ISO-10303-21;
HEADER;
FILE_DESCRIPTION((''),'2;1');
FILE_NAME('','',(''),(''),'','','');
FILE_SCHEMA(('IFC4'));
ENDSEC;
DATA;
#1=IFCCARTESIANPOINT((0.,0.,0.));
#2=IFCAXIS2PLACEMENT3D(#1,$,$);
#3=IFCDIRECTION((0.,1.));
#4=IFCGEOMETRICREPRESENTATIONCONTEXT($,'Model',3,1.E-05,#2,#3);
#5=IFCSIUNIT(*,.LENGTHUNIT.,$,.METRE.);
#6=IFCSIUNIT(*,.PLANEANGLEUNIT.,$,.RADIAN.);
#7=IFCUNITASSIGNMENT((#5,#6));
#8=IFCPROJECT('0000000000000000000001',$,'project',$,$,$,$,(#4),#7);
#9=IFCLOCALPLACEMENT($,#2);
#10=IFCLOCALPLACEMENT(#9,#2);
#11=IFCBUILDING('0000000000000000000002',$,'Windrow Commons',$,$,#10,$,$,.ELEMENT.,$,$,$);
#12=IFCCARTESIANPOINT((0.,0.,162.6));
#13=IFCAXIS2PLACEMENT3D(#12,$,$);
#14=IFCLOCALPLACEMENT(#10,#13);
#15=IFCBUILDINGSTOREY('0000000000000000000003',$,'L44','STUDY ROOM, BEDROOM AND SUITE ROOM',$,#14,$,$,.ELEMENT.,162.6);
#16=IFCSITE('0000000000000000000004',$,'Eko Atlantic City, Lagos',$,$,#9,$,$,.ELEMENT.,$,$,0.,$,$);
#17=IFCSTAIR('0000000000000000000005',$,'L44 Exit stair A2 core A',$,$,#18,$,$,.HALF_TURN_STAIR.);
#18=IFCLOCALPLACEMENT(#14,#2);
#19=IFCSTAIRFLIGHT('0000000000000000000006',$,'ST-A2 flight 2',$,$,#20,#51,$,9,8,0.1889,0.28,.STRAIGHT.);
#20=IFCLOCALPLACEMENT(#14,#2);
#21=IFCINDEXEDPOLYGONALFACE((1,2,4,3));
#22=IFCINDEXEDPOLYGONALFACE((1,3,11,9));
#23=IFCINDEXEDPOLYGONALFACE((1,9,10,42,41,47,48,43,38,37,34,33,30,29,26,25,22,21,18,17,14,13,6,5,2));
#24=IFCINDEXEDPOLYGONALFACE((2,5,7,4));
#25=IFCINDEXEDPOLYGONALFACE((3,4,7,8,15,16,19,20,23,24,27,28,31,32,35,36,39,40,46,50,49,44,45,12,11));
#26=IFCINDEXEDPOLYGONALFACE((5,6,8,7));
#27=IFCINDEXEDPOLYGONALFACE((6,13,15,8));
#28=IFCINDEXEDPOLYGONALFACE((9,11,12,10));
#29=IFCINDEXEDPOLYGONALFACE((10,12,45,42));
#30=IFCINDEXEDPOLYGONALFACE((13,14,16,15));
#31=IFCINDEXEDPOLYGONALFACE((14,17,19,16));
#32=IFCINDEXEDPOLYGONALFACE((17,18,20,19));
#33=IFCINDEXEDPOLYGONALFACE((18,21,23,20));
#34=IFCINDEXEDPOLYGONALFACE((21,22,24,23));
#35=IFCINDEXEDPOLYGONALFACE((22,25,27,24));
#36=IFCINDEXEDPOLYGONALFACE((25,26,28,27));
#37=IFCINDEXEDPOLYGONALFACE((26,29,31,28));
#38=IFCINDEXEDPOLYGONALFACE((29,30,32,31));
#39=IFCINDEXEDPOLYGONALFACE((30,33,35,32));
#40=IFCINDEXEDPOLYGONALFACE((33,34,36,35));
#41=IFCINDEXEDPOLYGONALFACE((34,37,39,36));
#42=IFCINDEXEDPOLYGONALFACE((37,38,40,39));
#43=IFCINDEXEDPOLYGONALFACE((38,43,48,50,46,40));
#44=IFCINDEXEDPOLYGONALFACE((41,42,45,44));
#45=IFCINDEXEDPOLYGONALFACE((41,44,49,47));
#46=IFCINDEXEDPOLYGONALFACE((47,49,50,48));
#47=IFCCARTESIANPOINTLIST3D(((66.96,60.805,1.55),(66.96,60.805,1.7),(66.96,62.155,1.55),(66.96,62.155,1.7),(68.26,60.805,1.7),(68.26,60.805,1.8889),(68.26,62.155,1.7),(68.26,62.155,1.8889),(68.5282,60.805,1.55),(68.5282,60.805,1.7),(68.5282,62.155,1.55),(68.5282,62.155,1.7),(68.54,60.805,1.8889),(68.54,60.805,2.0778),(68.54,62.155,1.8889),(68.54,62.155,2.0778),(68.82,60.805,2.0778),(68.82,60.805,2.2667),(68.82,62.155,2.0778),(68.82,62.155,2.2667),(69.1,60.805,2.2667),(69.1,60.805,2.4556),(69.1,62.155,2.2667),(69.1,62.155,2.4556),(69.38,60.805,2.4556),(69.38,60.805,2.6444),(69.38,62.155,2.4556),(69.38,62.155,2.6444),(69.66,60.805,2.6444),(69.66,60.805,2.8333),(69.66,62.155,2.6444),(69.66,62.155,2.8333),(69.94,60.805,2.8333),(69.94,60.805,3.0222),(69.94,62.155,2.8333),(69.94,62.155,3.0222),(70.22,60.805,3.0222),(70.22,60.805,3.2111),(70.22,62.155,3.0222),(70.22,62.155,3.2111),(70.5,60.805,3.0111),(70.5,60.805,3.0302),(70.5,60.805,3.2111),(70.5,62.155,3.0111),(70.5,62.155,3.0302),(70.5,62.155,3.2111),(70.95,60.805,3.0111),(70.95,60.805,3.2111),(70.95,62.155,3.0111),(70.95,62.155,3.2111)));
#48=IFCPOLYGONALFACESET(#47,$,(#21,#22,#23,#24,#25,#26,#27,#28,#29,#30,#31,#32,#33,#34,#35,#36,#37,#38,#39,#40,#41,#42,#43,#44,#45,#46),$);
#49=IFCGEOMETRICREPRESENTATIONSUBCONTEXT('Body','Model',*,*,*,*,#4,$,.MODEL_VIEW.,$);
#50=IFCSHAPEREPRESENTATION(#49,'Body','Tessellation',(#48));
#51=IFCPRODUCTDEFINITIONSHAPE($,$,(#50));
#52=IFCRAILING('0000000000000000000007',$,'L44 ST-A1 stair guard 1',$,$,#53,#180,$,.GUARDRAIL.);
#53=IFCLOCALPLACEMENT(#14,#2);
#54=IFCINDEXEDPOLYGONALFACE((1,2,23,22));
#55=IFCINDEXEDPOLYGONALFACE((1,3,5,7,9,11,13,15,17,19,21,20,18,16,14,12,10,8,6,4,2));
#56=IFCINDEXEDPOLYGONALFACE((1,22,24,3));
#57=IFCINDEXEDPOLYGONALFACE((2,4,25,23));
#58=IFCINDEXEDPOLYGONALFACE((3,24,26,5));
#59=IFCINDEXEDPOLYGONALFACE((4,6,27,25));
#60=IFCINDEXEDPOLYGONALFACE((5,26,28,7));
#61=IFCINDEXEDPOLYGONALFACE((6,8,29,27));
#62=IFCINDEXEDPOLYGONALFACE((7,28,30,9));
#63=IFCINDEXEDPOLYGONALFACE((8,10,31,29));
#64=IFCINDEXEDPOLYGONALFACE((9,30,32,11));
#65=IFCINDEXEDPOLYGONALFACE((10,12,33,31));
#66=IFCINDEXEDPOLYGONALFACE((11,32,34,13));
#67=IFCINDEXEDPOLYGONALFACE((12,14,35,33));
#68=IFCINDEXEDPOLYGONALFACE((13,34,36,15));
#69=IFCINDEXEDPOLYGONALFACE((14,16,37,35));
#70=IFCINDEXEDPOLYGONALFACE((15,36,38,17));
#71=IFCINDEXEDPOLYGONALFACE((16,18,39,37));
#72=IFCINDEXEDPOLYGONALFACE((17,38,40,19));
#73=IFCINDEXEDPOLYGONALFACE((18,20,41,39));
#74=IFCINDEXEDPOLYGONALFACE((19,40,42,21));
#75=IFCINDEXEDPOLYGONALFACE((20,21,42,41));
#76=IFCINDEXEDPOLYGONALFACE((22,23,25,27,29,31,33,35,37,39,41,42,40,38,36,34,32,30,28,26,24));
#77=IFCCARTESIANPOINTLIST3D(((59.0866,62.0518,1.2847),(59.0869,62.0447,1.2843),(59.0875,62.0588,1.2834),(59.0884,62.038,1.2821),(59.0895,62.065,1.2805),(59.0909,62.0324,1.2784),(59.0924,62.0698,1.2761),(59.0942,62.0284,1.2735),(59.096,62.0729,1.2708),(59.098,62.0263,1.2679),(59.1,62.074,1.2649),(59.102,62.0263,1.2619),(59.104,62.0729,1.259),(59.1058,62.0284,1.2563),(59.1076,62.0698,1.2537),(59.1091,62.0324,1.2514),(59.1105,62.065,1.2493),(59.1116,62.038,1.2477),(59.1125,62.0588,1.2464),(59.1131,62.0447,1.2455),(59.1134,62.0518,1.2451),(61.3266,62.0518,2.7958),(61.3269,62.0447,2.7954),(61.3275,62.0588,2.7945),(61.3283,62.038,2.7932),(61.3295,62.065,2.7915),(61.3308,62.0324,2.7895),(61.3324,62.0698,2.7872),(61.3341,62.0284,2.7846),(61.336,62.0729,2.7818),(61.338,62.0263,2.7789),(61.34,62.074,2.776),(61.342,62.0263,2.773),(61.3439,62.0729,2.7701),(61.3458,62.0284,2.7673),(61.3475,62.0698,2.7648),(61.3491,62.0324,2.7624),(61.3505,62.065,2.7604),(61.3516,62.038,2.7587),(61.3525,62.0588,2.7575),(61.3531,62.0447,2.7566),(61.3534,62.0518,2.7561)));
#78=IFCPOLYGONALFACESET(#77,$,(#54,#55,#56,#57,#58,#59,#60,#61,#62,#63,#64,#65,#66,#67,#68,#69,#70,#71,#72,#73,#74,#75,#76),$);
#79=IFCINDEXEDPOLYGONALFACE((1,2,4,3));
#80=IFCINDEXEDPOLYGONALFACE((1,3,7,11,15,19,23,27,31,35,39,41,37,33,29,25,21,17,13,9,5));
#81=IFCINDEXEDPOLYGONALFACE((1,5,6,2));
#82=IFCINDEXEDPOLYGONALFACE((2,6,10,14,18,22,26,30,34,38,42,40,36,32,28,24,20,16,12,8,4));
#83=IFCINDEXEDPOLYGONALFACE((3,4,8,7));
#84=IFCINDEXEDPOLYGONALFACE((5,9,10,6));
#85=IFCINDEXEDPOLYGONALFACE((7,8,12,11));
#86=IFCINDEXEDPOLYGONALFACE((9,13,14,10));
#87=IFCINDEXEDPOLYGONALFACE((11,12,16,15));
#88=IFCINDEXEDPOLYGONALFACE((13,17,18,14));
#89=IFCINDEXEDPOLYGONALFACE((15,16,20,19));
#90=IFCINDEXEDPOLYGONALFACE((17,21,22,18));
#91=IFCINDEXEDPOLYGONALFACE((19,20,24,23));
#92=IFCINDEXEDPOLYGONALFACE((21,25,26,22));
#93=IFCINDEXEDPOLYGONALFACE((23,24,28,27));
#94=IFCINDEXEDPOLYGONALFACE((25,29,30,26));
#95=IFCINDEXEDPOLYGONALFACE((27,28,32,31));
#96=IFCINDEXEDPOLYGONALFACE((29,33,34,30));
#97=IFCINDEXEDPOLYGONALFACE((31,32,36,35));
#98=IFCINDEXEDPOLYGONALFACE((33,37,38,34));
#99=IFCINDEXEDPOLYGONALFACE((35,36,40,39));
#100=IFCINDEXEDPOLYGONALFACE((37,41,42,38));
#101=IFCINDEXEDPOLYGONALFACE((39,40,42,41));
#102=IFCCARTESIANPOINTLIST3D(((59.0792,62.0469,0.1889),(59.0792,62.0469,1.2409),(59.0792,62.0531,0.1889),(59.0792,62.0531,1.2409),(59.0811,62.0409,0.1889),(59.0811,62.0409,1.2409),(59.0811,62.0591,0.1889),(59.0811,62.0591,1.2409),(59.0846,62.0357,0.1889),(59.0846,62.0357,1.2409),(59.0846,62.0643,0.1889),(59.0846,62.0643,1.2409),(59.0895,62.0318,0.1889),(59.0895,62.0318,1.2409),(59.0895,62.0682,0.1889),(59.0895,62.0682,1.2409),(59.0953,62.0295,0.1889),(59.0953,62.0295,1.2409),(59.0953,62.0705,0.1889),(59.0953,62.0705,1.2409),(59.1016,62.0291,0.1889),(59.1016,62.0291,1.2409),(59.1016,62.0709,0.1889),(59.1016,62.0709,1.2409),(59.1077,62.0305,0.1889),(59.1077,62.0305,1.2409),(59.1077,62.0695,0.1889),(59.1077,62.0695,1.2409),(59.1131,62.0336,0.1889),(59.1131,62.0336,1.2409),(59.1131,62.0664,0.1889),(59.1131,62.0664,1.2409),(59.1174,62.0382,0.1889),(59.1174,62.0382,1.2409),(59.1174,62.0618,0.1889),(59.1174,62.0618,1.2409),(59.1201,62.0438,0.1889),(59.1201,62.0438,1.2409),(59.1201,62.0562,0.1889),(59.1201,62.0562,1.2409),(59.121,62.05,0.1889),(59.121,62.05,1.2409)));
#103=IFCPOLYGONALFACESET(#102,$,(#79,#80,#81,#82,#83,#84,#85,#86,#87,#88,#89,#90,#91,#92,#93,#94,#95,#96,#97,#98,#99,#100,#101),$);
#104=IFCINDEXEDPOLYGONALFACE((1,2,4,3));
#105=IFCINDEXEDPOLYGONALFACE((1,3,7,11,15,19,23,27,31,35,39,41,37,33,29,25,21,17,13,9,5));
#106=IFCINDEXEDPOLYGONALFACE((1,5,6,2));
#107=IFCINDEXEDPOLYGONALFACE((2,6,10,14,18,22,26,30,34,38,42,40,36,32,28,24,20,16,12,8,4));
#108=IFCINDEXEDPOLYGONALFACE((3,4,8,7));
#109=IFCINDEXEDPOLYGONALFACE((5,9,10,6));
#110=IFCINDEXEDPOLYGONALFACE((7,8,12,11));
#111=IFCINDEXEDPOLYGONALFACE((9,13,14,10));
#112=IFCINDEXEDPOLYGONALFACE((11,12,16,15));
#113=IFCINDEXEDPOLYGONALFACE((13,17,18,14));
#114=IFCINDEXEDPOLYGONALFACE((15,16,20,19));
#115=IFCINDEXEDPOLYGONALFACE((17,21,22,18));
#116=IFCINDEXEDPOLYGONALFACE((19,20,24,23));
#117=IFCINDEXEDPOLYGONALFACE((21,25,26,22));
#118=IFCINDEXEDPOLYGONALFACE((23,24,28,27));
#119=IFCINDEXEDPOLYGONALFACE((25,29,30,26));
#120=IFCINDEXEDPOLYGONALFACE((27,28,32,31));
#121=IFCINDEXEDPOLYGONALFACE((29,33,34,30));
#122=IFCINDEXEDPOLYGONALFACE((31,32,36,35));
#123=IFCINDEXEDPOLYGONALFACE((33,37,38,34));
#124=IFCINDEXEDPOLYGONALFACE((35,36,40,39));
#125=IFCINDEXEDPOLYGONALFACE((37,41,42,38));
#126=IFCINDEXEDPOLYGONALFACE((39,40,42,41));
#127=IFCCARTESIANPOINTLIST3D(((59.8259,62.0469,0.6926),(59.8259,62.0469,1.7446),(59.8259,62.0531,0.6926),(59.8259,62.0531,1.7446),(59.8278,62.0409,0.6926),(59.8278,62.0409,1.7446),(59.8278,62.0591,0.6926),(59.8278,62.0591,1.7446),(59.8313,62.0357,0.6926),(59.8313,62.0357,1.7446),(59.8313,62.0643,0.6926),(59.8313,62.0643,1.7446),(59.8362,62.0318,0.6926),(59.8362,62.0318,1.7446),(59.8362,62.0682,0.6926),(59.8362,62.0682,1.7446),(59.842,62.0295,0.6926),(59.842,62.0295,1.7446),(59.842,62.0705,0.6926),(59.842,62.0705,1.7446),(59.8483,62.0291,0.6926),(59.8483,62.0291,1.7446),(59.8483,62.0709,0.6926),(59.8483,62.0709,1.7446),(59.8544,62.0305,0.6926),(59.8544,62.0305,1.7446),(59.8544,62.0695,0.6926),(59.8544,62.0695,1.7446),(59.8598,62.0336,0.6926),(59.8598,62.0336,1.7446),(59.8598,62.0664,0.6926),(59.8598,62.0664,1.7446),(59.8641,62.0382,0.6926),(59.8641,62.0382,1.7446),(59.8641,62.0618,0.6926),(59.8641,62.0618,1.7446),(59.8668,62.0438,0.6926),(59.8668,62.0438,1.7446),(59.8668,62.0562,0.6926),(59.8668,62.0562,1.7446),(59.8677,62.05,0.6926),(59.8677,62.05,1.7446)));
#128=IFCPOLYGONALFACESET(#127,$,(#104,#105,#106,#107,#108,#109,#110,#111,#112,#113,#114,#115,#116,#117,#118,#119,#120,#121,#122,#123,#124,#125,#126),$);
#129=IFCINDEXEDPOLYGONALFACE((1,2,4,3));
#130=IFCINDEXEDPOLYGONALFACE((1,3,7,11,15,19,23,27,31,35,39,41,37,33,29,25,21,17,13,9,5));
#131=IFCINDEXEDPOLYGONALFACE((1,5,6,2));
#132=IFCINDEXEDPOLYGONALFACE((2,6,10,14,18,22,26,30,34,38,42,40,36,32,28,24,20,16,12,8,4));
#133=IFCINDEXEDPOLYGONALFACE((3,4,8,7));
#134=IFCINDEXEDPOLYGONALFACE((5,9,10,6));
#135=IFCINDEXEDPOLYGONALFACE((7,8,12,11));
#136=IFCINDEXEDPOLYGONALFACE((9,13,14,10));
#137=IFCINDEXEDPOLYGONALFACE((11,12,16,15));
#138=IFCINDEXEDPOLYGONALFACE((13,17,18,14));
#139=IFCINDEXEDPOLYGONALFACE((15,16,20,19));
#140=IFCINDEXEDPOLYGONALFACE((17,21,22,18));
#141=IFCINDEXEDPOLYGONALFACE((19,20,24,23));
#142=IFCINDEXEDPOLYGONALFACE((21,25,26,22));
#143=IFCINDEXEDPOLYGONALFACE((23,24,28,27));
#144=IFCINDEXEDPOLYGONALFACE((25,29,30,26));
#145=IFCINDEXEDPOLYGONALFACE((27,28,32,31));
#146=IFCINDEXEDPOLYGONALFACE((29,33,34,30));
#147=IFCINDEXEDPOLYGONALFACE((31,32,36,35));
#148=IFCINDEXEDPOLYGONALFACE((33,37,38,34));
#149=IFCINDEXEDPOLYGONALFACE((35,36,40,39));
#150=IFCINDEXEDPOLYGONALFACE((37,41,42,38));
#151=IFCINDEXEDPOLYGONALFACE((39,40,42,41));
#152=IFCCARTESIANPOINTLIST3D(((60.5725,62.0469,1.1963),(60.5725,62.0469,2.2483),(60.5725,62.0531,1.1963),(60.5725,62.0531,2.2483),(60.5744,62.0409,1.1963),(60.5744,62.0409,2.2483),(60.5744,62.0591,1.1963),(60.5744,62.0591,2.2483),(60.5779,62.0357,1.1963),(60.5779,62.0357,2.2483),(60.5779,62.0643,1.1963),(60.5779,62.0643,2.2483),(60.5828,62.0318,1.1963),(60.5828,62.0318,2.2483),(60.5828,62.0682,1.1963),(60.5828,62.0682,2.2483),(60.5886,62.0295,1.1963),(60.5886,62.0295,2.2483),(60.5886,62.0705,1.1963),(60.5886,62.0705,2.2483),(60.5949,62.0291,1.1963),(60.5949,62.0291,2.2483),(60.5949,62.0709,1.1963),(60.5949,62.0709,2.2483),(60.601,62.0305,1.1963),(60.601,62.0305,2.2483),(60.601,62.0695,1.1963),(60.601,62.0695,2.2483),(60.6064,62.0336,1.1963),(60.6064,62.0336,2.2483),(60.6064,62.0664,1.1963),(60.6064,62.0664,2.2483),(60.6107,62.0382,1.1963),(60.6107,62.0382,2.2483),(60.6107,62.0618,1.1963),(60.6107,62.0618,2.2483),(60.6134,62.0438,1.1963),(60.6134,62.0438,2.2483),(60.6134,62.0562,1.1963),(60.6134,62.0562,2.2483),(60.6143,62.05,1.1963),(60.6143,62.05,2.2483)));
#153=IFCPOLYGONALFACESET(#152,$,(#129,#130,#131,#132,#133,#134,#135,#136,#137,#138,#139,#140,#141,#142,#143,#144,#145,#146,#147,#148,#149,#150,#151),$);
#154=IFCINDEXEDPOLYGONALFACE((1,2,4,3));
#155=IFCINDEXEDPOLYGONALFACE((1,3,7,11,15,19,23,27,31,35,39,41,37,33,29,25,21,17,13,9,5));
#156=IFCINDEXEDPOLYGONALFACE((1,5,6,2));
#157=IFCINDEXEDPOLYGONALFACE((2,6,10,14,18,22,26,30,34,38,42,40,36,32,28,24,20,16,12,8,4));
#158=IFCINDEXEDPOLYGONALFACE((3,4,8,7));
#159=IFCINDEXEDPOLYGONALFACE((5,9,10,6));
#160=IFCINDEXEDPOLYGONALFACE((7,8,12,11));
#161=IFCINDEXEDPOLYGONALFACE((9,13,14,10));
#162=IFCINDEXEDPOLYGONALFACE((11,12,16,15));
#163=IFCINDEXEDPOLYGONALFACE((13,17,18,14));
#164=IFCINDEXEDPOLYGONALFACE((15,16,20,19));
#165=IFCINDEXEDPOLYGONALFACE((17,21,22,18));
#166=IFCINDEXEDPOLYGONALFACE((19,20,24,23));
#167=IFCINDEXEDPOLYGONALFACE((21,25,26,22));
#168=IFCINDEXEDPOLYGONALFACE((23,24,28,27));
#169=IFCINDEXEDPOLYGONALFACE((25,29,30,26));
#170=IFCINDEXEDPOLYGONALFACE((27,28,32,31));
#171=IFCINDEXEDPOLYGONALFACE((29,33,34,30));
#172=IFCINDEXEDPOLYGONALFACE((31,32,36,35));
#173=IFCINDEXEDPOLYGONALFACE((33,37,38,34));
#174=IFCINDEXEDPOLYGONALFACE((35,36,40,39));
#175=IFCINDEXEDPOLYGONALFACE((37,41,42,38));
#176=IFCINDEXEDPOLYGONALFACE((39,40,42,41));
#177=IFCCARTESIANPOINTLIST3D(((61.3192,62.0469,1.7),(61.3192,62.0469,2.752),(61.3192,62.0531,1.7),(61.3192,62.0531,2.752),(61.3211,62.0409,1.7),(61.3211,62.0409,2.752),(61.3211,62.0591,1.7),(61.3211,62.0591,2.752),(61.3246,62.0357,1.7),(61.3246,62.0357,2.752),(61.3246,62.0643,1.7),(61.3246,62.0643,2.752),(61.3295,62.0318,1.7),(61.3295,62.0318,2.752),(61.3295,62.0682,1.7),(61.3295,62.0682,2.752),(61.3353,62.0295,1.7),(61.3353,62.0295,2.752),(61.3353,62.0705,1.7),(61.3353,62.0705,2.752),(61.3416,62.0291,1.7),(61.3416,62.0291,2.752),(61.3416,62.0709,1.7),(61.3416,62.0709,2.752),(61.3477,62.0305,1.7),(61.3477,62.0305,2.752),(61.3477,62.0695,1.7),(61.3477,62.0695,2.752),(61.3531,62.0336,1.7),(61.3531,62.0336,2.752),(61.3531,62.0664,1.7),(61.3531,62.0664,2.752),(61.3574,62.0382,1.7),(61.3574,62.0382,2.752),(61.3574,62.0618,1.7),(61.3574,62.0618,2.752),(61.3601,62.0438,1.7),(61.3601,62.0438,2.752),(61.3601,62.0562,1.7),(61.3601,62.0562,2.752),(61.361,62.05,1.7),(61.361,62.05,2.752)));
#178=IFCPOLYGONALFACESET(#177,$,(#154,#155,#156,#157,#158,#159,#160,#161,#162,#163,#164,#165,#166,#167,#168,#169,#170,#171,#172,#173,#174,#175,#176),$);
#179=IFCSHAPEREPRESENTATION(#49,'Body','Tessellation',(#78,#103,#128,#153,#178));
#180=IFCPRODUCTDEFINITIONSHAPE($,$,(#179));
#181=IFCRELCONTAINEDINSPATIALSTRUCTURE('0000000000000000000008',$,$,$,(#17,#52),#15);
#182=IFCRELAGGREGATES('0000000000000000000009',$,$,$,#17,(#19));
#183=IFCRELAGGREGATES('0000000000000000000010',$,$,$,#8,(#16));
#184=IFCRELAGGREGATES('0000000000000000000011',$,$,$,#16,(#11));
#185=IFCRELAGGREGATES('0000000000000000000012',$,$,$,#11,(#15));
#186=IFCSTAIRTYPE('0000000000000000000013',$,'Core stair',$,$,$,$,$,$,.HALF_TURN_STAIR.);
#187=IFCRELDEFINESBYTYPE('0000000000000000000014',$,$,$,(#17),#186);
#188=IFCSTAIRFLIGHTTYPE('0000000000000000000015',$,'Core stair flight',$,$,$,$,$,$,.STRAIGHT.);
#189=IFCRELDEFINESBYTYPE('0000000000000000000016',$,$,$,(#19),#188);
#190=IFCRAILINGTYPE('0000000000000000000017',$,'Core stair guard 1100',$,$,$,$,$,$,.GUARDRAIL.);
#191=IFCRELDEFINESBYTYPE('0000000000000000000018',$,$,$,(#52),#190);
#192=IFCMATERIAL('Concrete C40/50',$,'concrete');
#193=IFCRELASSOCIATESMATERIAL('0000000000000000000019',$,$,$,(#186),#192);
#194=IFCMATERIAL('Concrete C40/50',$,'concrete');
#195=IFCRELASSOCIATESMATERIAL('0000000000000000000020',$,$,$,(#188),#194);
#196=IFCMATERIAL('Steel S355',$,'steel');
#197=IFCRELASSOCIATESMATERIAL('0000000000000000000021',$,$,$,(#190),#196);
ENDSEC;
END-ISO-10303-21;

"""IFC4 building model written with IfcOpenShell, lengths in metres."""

from ifc_helpers import new_model, si_unit, direction, frame, origin, origin_2d, place, context, subcontext, project, spatial, polyline, circle, outline, extrude, material, type_object, element, aggregate, save


model = new_model("IFC4")

# Units and contexts
model_context = context("Model", 3, precision=1e-05, world=origin(), true_north=direction((0.0, 1.0)))
body_context = subcontext(model_context, "Body", "Model", "MODEL_VIEW")
ifc_project = project(units=[si_unit("LENGTHUNIT", "METRE"), si_unit("PLANEANGLEUNIT", "RADIAN")], contexts=[model_context])

# Site, building, storey
site_placement = place(None, origin())
site = spatial("IfcSite", under=ifc_project, at=site_placement, Name="Eko Atlantic City, Lagos", CompositionType="ELEMENT", RefElevation=0.0)
building_placement = place(site_placement, origin())
building = spatial("IfcBuilding", under=site, at=building_placement, Name="Windrow Commons", CompositionType="ELEMENT")
storey_placement = place(building_placement, frame((0.0, 0.0, 162.6)))
storey = spatial("IfcBuildingStorey", under=building, at=storey_placement, Name="L44", Description="STUDY ROOM, BEDROOM AND SUITE ROOM", CompositionType="ELEMENT", Elevation=162.6)

# Shared definitions
ifc_material_1 = material(Name="Concrete C40/50", Category="concrete")
stair_type = type_object("IfcStairType", Name="Core stair", PredefinedType="HALF_TURN_STAIR", material=ifc_material_1)
placement = place(storey_placement, origin())
ifc_material_2 = material(Name="Concrete C40/50", Category="concrete")
stair_flight_type = type_object("IfcStairFlightType", Name="Core stair flight", PredefinedType="STRAIGHT", material=ifc_material_2)

# Stair, stair flight
stair_1 = element("IfcStair", 1, at=placement, inside=storey, type_object=stair_type, Name="L44 Exit stair A2 core A", PredefinedType="HALF_TURN_STAIR")
stair_flight_1_placement = place(storey_placement, frame((68.26, 61.48, 1.7), z_axis=(0.0, 0.0, 1.0), x_axis=(1.0, 0.0, 0.0)))
stair_flight_1 = element("IfcStairFlight", 2, at=stair_flight_1_placement, type_object=stair_flight_type, Name="ST-A2 flight 2", NumberOfRisers=9, NumberOfTreads=8, PredefinedType="STRAIGHT", RiserHeight=0.1889, TreadLength=0.28, context=body_context, shape_type="SweptSolid", body=[
    extrude(outline(polyline([(-1.3, -0.15), (-1.3, 0.0), (0.0, 0.0), (0.0, 0.1889), (0.28, 0.1889), (0.28, 0.3778), (0.56, 0.3778), (0.56, 0.5667), (0.84, 0.5667), (0.84, 0.7556), (1.12, 0.7556), (1.12, 0.9444), (1.4, 0.9444), (1.4, 1.1333), (1.68, 1.1333), (1.68, 1.3222), (1.96, 1.3222), (1.96, 1.5111), (2.24, 1.5111), (2.69, 1.5111), (2.69, 1.3111), (2.24, 1.3111), (2.24, 1.3302), (0.2682, 0.0), (0.2682, -0.15), (-1.3, -0.15)])), frame((0.0, 0.675, 0.0), z_axis=(0.0, -1.0, 0.0), x_axis=(1.0, 0.0, 0.0)), (0.0, 0.0, 1.0), 1.35),
])
aggregate(stair_1, [stair_flight_1])

# Railing
ifc_material_3 = material(Name="Steel S355", Category="steel")
railing_type = type_object("IfcRailingType", Name="Core stair guard 1100", PredefinedType="GUARDRAIL", material=ifc_material_3)
railing_1_placement = place(storey_placement, frame((59.1, 62.05, 0.1889)))
element("IfcRailing", 3, at=railing_1_placement, inside=storey, type_object=railing_type, Name="L44 ST-A1 stair guard 1", PredefinedType="GUARDRAIL", context=body_context, shape_type="SweptSolid", body=[
    extrude(circle(Radius=0.024, at=origin_2d()), frame((0.0, 0.0, 1.076), z_axis=(0.829003, 0.0, 0.559244), x_axis=(0.0, 1.0, 0.0)), (0.0, 0.0, 1.0), 2.702),
    extrude(circle(Radius=0.021, at=origin_2d()), origin(), (0.0, 0.0, 1.0), 1.052),
    extrude(circle(Radius=0.021, at=origin_2d()), frame((0.7467, 0.0, 0.5037)), (0.0, 0.0, 1.0), 1.052),
    extrude(circle(Radius=0.021, at=origin_2d()), frame((1.4933, 0.0, 1.0074)), (0.0, 0.0, 1.0), 1.052),
    extrude(circle(Radius=0.021, at=origin_2d()), frame((2.24, 0.0, 1.5111)), (0.0, 0.0, 1.0), 1.052),
])

save(model, "model.ifc")
